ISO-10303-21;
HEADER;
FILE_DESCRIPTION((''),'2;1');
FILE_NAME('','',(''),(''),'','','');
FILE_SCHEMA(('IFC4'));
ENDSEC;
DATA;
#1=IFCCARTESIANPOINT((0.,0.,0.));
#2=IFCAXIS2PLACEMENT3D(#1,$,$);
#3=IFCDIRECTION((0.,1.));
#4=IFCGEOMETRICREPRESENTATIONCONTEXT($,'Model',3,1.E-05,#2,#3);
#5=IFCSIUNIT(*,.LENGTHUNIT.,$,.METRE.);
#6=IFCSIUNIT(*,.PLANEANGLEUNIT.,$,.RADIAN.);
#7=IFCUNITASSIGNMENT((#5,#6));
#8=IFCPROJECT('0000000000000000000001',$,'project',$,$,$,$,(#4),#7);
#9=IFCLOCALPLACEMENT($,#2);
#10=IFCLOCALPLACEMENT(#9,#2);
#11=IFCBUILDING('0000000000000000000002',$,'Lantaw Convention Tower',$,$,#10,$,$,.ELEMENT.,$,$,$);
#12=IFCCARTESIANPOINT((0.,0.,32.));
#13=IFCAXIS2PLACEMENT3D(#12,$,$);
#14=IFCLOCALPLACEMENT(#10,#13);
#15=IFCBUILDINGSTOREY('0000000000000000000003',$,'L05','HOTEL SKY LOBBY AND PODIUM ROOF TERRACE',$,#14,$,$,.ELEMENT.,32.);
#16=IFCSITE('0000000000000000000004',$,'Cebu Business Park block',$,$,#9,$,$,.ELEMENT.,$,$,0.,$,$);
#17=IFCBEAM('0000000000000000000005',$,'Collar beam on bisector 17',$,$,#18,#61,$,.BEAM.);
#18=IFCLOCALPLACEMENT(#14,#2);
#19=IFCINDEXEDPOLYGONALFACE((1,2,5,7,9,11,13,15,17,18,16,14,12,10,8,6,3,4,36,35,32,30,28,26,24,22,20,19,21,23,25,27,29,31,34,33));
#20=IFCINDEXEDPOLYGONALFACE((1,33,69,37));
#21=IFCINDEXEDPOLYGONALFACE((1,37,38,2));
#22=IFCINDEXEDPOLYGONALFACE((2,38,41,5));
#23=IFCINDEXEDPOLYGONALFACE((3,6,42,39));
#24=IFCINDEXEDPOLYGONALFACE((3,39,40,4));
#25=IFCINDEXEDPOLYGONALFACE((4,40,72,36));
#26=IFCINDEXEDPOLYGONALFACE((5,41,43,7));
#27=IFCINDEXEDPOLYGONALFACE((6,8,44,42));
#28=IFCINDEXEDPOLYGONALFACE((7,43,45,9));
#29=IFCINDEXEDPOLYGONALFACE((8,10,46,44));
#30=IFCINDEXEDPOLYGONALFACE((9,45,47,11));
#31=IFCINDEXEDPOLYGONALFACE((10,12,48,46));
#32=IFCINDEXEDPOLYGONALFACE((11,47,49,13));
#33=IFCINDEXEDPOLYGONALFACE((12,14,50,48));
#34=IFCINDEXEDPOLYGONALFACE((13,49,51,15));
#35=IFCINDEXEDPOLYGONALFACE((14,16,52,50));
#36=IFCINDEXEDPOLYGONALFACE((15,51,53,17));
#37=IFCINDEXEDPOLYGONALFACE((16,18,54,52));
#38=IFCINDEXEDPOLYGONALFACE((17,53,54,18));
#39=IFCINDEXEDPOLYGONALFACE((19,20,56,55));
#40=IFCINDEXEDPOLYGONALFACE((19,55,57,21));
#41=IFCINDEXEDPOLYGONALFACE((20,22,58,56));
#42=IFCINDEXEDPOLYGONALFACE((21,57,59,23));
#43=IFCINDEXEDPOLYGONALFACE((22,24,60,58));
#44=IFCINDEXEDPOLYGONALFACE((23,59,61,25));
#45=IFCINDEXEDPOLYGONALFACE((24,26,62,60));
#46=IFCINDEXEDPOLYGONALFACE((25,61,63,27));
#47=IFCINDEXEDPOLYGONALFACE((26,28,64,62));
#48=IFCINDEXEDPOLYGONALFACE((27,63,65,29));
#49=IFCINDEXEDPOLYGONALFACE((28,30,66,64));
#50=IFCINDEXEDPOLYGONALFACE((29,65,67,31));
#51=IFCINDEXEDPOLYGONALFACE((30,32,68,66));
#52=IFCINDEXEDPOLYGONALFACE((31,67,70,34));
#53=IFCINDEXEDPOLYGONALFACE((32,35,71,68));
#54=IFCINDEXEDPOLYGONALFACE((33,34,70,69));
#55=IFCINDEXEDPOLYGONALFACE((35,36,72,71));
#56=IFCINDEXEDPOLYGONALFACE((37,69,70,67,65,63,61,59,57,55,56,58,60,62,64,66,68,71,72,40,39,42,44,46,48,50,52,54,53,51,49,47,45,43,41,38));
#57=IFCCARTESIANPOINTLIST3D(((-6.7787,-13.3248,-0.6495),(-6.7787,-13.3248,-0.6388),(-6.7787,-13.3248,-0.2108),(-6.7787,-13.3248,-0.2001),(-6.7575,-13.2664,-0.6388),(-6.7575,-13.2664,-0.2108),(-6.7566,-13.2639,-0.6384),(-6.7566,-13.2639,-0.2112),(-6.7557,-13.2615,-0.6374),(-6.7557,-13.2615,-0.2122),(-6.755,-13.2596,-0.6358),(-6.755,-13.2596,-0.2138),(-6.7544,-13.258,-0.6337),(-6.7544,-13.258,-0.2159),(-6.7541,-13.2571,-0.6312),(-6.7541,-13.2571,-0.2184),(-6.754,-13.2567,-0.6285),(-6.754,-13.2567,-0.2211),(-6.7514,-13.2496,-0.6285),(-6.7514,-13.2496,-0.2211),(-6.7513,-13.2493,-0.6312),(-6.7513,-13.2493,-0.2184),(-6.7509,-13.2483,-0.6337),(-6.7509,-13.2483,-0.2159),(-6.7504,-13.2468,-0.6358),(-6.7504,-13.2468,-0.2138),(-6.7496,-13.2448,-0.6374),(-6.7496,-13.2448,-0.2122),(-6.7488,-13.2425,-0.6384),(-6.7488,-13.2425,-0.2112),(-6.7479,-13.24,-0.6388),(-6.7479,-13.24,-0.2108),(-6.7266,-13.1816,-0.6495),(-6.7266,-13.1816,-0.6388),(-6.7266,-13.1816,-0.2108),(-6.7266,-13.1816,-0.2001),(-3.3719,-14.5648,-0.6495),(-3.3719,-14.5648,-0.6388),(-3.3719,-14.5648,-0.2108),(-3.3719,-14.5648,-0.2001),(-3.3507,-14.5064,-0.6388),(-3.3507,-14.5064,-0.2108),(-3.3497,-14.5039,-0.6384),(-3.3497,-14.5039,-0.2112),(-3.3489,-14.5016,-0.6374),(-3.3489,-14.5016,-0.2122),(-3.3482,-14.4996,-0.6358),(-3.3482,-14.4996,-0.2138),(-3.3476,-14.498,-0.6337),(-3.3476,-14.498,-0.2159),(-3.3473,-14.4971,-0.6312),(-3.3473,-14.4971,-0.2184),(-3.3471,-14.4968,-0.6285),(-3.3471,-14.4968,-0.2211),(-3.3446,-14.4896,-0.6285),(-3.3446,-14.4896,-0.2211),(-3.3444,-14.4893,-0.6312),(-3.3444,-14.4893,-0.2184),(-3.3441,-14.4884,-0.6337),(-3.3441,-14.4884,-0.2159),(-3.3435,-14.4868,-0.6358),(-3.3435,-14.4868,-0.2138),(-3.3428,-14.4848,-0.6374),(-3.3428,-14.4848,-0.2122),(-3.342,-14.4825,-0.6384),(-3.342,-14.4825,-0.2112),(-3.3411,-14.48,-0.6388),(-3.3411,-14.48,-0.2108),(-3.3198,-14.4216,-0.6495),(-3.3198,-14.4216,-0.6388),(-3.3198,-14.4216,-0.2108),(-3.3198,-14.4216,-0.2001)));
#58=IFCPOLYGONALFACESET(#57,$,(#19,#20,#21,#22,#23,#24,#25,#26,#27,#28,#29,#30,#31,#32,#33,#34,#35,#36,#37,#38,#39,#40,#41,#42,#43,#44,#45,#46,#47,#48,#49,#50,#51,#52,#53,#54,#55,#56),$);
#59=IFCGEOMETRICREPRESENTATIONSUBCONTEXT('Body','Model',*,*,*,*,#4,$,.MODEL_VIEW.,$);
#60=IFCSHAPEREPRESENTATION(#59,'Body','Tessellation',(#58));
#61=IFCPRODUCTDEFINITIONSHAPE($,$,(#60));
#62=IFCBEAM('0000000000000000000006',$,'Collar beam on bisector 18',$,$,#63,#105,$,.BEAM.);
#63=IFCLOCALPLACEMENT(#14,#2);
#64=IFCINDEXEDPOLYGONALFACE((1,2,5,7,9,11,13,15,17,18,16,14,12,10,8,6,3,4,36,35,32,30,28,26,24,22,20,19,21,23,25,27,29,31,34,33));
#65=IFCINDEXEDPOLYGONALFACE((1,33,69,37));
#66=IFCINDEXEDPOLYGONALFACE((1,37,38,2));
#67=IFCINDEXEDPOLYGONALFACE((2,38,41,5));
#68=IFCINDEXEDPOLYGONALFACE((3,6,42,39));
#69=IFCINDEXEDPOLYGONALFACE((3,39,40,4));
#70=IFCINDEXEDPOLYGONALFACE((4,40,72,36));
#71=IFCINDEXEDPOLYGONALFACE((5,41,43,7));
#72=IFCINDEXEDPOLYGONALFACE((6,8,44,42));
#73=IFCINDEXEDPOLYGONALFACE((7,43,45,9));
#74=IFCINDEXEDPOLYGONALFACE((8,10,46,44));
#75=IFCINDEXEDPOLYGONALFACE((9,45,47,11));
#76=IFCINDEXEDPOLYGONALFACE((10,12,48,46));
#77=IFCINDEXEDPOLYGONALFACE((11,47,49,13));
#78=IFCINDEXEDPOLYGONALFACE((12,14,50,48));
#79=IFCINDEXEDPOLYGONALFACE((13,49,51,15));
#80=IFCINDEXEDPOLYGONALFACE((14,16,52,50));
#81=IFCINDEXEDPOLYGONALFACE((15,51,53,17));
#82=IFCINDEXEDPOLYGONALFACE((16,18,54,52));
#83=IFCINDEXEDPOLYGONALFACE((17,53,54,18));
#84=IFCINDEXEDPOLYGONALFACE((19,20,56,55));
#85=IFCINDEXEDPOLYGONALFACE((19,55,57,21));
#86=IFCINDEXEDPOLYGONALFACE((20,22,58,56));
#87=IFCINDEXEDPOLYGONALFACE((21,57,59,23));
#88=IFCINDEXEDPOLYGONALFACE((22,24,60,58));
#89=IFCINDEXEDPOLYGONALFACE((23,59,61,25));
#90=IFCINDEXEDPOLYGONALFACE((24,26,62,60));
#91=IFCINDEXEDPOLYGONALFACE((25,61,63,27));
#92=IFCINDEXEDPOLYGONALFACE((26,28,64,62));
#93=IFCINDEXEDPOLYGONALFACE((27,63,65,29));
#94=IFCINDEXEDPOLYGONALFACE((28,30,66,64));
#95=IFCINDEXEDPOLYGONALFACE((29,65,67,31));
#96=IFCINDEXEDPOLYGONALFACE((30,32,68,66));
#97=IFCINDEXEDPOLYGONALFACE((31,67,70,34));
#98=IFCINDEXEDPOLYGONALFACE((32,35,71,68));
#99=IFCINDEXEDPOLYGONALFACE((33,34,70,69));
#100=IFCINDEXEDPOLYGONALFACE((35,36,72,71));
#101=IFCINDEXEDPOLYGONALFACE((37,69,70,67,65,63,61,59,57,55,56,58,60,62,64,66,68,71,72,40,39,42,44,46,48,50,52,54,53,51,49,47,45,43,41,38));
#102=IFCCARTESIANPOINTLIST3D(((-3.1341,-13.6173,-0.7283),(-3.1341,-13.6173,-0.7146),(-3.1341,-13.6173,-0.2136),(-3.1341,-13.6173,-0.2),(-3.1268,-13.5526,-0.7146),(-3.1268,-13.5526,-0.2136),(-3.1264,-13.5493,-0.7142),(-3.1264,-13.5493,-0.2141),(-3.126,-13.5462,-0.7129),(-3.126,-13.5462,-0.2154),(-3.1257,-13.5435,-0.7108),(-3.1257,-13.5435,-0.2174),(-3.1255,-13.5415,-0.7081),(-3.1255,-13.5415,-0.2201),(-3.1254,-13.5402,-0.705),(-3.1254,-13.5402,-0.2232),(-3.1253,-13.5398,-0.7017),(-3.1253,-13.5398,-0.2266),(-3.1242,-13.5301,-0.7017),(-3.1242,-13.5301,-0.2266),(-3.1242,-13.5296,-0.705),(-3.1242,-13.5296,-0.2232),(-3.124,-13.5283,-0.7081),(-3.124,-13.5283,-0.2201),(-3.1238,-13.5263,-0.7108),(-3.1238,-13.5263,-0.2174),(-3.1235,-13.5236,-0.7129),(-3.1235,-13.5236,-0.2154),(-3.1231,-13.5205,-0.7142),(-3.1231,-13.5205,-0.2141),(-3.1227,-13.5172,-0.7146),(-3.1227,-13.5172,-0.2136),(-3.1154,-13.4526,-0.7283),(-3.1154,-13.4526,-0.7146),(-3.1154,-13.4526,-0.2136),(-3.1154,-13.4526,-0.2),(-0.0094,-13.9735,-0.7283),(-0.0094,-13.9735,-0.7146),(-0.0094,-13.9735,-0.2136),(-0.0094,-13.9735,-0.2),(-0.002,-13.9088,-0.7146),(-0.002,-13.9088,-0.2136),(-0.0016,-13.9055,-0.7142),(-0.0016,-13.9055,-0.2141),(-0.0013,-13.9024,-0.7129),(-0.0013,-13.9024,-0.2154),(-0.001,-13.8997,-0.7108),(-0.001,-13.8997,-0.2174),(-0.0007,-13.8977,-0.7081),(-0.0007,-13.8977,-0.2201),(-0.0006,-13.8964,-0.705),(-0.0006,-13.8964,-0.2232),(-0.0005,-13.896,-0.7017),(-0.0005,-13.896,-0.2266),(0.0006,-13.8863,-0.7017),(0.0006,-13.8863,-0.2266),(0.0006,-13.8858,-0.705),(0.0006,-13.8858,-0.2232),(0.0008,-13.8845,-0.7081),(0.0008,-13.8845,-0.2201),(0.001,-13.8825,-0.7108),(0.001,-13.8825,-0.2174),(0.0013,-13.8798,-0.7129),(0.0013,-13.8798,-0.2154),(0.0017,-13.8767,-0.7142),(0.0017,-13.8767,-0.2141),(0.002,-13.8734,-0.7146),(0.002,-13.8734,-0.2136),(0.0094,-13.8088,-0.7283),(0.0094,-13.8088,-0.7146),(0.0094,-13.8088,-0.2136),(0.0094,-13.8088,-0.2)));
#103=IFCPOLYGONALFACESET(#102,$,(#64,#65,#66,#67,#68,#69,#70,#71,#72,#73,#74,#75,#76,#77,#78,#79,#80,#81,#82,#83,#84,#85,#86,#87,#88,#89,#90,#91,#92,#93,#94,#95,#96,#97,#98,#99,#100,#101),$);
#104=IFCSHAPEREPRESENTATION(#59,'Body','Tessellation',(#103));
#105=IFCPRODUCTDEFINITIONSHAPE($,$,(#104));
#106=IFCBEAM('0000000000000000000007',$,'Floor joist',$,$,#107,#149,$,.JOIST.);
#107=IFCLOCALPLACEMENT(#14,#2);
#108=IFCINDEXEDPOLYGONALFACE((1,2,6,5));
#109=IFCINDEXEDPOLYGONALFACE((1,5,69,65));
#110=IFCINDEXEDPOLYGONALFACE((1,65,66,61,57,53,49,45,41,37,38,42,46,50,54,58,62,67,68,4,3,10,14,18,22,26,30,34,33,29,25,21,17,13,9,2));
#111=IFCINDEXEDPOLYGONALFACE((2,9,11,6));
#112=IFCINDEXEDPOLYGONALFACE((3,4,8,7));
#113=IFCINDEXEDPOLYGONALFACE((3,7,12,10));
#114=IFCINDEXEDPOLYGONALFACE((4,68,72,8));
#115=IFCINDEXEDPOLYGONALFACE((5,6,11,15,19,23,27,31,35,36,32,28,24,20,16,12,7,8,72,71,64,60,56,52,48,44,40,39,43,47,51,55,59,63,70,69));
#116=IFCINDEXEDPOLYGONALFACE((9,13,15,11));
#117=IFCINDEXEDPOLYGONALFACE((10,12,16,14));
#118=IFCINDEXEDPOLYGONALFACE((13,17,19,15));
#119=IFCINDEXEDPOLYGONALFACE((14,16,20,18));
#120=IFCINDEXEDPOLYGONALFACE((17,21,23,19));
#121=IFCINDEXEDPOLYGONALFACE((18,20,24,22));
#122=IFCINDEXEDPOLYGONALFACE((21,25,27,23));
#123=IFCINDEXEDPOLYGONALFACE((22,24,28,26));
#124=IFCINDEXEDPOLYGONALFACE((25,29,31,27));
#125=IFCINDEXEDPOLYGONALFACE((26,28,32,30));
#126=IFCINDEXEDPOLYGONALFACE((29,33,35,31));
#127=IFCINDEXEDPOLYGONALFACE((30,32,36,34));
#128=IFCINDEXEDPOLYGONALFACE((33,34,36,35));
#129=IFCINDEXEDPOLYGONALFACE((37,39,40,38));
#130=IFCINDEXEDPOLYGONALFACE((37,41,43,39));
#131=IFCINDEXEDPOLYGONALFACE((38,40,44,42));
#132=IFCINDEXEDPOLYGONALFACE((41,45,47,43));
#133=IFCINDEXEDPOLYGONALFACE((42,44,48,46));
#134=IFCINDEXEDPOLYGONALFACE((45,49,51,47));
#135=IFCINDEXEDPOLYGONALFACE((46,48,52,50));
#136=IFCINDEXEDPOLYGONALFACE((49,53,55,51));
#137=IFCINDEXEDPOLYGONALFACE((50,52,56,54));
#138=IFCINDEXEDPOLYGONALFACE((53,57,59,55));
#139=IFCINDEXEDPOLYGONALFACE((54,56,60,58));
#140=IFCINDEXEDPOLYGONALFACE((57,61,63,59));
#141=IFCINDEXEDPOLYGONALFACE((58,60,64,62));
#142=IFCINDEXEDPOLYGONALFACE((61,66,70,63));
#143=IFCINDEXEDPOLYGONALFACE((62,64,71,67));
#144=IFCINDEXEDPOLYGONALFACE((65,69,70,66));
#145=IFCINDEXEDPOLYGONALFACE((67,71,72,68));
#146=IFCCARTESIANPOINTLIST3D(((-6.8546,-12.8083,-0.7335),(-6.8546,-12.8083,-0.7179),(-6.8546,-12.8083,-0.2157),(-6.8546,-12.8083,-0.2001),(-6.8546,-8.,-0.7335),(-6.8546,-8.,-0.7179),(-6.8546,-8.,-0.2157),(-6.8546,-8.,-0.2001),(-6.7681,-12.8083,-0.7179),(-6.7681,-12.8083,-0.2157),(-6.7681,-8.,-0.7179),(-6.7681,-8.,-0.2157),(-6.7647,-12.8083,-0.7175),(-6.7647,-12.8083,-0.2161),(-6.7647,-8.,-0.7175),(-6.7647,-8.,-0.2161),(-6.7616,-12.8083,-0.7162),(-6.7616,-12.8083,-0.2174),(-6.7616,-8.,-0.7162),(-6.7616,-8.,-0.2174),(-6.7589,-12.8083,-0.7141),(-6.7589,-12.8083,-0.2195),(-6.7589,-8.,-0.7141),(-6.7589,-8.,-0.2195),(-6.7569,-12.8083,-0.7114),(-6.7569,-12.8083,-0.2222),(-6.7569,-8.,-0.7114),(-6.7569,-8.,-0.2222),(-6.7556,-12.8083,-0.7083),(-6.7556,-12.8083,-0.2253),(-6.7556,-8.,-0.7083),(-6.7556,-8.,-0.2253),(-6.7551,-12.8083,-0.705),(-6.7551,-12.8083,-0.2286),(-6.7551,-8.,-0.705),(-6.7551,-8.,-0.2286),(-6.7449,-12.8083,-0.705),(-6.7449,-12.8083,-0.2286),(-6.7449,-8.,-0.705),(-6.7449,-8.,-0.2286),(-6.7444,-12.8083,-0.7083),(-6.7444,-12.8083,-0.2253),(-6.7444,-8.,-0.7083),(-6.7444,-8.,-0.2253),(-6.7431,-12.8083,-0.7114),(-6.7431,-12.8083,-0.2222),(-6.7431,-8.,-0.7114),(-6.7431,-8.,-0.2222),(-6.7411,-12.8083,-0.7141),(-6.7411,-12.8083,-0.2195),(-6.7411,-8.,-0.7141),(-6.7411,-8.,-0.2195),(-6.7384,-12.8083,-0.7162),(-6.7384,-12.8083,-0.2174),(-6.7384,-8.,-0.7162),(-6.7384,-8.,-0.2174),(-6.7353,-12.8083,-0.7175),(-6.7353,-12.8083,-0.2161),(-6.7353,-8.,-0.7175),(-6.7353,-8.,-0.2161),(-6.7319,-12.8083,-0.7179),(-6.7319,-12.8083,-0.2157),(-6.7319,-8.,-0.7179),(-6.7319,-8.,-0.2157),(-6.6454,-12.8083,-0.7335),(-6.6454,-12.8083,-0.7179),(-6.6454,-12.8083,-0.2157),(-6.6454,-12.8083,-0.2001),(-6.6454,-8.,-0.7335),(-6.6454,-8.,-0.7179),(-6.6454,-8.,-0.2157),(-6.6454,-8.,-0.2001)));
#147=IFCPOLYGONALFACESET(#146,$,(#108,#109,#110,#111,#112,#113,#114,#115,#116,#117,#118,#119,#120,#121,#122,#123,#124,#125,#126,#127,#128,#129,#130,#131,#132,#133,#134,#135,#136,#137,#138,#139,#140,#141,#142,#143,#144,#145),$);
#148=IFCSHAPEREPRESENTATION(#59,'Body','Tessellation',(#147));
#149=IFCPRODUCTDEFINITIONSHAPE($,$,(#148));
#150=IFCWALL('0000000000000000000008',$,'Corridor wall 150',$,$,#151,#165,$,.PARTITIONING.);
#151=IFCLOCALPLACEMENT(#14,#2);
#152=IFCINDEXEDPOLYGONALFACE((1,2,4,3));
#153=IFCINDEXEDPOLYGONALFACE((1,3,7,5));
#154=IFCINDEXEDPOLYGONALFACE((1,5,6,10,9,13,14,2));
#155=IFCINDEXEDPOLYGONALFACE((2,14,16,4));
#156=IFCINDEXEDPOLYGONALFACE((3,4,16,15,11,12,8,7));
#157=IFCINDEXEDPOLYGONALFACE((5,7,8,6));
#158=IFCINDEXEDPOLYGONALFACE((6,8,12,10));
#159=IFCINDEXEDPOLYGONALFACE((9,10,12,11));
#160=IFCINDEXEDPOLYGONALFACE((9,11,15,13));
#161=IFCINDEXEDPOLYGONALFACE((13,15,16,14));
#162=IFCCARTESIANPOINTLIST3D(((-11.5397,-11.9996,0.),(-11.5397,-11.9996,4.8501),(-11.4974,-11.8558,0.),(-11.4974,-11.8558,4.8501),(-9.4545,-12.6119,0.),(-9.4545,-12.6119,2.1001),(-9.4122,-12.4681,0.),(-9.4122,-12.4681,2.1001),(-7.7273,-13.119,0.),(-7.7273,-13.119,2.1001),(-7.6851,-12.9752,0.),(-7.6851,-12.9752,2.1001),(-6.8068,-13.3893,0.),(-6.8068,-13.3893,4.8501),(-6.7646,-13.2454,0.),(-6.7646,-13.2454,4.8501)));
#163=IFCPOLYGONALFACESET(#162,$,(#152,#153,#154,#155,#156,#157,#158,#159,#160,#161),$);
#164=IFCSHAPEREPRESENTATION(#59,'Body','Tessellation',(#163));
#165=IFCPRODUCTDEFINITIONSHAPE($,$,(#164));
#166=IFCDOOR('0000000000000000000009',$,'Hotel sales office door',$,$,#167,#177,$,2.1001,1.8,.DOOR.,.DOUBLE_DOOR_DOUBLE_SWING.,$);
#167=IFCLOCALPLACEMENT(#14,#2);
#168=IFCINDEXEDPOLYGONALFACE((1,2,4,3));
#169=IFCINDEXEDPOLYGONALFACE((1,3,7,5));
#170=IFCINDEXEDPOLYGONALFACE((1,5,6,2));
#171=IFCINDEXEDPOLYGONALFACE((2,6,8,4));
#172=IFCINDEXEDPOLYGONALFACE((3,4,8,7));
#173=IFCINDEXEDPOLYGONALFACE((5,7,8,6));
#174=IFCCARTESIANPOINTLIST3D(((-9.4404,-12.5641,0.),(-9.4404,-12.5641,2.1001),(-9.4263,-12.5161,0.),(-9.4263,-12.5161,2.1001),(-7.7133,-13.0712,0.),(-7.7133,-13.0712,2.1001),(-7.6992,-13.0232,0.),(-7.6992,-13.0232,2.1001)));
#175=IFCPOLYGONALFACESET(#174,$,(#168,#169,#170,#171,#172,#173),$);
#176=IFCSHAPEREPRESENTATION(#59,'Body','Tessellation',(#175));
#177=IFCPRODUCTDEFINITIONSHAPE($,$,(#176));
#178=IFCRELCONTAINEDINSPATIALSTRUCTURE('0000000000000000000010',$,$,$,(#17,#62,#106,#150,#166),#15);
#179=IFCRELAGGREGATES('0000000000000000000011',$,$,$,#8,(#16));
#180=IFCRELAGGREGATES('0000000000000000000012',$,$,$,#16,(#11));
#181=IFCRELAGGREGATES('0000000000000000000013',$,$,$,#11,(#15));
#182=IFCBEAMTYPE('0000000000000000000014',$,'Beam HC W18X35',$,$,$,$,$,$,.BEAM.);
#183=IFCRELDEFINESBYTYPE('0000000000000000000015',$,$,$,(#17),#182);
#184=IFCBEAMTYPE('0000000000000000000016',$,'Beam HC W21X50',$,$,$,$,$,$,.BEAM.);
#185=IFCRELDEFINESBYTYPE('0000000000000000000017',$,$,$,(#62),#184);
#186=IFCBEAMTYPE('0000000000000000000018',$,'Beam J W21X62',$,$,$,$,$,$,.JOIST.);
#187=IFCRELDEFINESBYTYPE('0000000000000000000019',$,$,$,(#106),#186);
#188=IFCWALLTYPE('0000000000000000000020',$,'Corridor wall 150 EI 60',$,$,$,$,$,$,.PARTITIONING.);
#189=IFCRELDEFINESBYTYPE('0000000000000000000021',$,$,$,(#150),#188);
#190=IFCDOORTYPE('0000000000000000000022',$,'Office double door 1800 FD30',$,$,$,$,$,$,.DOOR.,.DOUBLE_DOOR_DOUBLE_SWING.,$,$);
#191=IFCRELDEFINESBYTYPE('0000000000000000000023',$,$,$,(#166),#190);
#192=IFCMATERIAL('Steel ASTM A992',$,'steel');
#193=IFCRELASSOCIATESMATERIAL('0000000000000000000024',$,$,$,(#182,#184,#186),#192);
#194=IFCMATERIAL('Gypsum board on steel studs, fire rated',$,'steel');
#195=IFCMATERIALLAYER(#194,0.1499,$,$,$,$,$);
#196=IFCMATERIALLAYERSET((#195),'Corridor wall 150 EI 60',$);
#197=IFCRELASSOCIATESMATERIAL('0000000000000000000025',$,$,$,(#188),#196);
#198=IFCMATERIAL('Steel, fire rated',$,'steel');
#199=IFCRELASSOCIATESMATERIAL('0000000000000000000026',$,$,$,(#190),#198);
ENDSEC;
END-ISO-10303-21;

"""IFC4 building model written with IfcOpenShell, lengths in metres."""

from ifc_helpers import new_model, si_unit, direction, frame, frame_2d, origin, origin_2d, place, context, subcontext, project, spatial, rectangle, i_section, extrude, material, layer, layer_set, material_profile, profile_set, type_object, element, fill, save


model = new_model("IFC4")

# Units and contexts
model_context = context("Model", 3, precision=1e-05, world=origin(), true_north=direction((0.0, 1.0)))
body_context = subcontext(model_context, "Body", "Model", "MODEL_VIEW")
ifc_project = project(units=[si_unit("LENGTHUNIT", "METRE"), si_unit("PLANEANGLEUNIT", "RADIAN")], contexts=[model_context])

# Site, building, storey
site_placement = place(None, origin())
site = spatial("IfcSite", under=ifc_project, at=site_placement, Name="Cebu Business Park block", CompositionType="ELEMENT", RefElevation=0.0)
building_placement = place(site_placement, origin())
building = spatial("IfcBuilding", under=site, at=building_placement, Name="Lantaw Convention Tower", CompositionType="ELEMENT")
storey_placement = place(building_placement, frame((0.0, 0.0, 32.0)))
storey = spatial("IfcBuildingStorey", under=building, at=storey_placement, Name="L05", Description="HOTEL SKY LOBBY AND PODIUM ROOF TERRACE", CompositionType="ELEMENT", Elevation=32.0)

# Beams
ifc_material_1 = material(Name="Steel ASTM A992", Category="steel")
ifc_material_profile_1 = material_profile(ifc_material_1, i_section(OverallWidth=0.1523, OverallDepth=0.4495, WebThickness=0.0076, FlangeThickness=0.0107, FilletRadius=0.0103, at=origin_2d()), Name="W18X35")
ifc_profile_set_1 = profile_set([ifc_material_profile_1], Name="Steel ASTM A992")
beam_type_1 = type_object("IfcBeamType", Name="Beam HC W18X35", PredefinedType="BEAM", material=ifc_profile_set_1)
beam_1_placement = place(storey_placement, frame((-6.7527, -13.2532, -0.4248), z_axis=(0.939689, -0.34203, 0.0), x_axis=(0.34203, 0.939689, 0.0)))
element("IfcBeam", 1, at=beam_1_placement, inside=storey, type_object=beam_type_1, Name="Collar beam on bisector 17", PredefinedType="BEAM", context=body_context, shape_type="SweptSolid", body=[
    extrude(i_section(OverallWidth=0.1523, OverallDepth=0.4495, WebThickness=0.0076, FlangeThickness=0.0107, FilletRadius=0.0103, at=origin_2d()), origin(), (0.0, 0.0, 1.0), 3.6255),
])
ifc_material_profile_2 = material_profile(ifc_material_1, i_section(OverallWidth=0.1658, OverallDepth=0.5283, WebThickness=0.0098, FlangeThickness=0.0137, FilletRadius=0.0129, at=origin_2d()), Name="W21X50")
ifc_profile_set_2 = profile_set([ifc_material_profile_2], Name="Steel ASTM A992")
beam_type_2 = type_object("IfcBeamType", Name="Beam HC W21X50", PredefinedType="BEAM", material=ifc_profile_set_2)
beam_2_placement = place(storey_placement, frame((-3.1248, -13.5349, -0.4641), z_axis=(0.993565, -0.11326, 0.0), x_axis=(0.11326, 0.993565, 0.0)))
element("IfcBeam", 2, at=beam_2_placement, inside=storey, type_object=beam_type_2, Name="Collar beam on bisector 18", PredefinedType="BEAM", context=body_context, shape_type="SweptSolid", body=[
    extrude(i_section(OverallWidth=0.1658, OverallDepth=0.5283, WebThickness=0.0098, FlangeThickness=0.0137, FilletRadius=0.0129, at=origin_2d()), origin(), (0.0, 0.0, 1.0), 3.145),
])
ifc_material_profile_3 = material_profile(ifc_material_1, i_section(OverallWidth=0.2092, OverallDepth=0.5334, WebThickness=0.0103, FlangeThickness=0.0156, FilletRadius=0.0129, at=origin_2d()), Name="W21X62")
ifc_profile_set_3 = profile_set([ifc_material_profile_3], Name="Steel ASTM A992")
beam_type_3 = type_object("IfcBeamType", Name="Beam J W21X62", PredefinedType="JOIST", material=ifc_profile_set_3)
beam_3_placement = place(storey_placement, frame((-6.75, -12.8083, -0.4668), z_axis=(0.0, 1.0, 0.0), x_axis=(-1.0, 0.0, 0.0)))
element("IfcBeam", 3, at=beam_3_placement, inside=storey, type_object=beam_type_3, Name="Floor joist", PredefinedType="JOIST", context=body_context, shape_type="SweptSolid", body=[
    extrude(i_section(OverallWidth=0.2092, OverallDepth=0.5334, WebThickness=0.0103, FlangeThickness=0.0156, FilletRadius=0.0129, at=origin_2d()), origin(), (0.0, 0.0, 1.0), 4.8083),
])

# Wall, opening, door
ifc_material_2 = material(Name="Gypsum board on steel studs, fire rated", Category="steel")
ifc_layer_1 = layer(ifc_material_2, 0.1499)
ifc_layer_set_1 = layer_set([ifc_layer_1], Name="Corridor wall 150 EI 60")
wall_type_1 = type_object("IfcWallType", Name="Corridor wall 150 EI 60", PredefinedType="PARTITIONING", material=ifc_layer_set_1)
wall_1_placement = place(storey_placement, frame((-11.5186, -11.9277, 0.0), z_axis=(0.0, 0.0, 1.0), x_axis=(0.959496, -0.281721, 0.0)))
wall_1 = element("IfcWall", 4, at=wall_1_placement, inside=storey, type_object=wall_type_1, Name="Corridor wall 150", PredefinedType="PARTITIONING", context=body_context, shape_type="SweptSolid", body=[
    extrude(rectangle(XDim=4.9326, YDim=0.1499, at=frame_2d((2.4663, 0.0))), origin(), (0.0, 0.0, 1.0), 4.8501),
])
opening_1_placement = place(wall_1_placement, frame((2.1733, 0.0, 0.0)))
opening_1 = element("IfcOpeningElement", 5, at=opening_1_placement, cuts=wall_1, PredefinedType="OPENING", context=body_context, shape_type="SweptSolid", body=[
    extrude(rectangle(XDim=1.8, YDim=2.1001, at=frame_2d((0.8999, 1.05))), frame((0.0, 0.085, 0.0), z_axis=(0.0, -1.0, 0.0), x_axis=(1.0, 0.0, 0.0)), (0.0, 0.0, 1.0), 0.1699),
])
ifc_material_3 = material(Name="Steel, fire rated", Category="steel")
door_type_1 = type_object("IfcDoorType", Name="Office double door 1800 FD30", OperationType="DOUBLE_DOOR_DOUBLE_SWING", PredefinedType="DOOR", material=ifc_material_3)
door_1_placement = place(opening_1_placement, origin())
door_1 = element("IfcDoor", 6, at=door_1_placement, inside=storey, type_object=door_type_1, Name="Hotel sales office door", OperationType="DOUBLE_DOOR_DOUBLE_SWING", OverallHeight=2.1001, OverallWidth=1.8, PredefinedType="DOOR", context=body_context, shape_type="SweptSolid", body=[
    extrude(rectangle(XDim=1.8, YDim=2.1001, at=frame_2d((0.8999, 1.05))), frame((0.0, 0.0249, 0.0), z_axis=(0.0, -1.0, 0.0), x_axis=(1.0, 0.0, 0.0)), (0.0, 0.0, 1.0), 0.05),
])
fill(opening_1, door_1)

save(model, "model.ifc")
